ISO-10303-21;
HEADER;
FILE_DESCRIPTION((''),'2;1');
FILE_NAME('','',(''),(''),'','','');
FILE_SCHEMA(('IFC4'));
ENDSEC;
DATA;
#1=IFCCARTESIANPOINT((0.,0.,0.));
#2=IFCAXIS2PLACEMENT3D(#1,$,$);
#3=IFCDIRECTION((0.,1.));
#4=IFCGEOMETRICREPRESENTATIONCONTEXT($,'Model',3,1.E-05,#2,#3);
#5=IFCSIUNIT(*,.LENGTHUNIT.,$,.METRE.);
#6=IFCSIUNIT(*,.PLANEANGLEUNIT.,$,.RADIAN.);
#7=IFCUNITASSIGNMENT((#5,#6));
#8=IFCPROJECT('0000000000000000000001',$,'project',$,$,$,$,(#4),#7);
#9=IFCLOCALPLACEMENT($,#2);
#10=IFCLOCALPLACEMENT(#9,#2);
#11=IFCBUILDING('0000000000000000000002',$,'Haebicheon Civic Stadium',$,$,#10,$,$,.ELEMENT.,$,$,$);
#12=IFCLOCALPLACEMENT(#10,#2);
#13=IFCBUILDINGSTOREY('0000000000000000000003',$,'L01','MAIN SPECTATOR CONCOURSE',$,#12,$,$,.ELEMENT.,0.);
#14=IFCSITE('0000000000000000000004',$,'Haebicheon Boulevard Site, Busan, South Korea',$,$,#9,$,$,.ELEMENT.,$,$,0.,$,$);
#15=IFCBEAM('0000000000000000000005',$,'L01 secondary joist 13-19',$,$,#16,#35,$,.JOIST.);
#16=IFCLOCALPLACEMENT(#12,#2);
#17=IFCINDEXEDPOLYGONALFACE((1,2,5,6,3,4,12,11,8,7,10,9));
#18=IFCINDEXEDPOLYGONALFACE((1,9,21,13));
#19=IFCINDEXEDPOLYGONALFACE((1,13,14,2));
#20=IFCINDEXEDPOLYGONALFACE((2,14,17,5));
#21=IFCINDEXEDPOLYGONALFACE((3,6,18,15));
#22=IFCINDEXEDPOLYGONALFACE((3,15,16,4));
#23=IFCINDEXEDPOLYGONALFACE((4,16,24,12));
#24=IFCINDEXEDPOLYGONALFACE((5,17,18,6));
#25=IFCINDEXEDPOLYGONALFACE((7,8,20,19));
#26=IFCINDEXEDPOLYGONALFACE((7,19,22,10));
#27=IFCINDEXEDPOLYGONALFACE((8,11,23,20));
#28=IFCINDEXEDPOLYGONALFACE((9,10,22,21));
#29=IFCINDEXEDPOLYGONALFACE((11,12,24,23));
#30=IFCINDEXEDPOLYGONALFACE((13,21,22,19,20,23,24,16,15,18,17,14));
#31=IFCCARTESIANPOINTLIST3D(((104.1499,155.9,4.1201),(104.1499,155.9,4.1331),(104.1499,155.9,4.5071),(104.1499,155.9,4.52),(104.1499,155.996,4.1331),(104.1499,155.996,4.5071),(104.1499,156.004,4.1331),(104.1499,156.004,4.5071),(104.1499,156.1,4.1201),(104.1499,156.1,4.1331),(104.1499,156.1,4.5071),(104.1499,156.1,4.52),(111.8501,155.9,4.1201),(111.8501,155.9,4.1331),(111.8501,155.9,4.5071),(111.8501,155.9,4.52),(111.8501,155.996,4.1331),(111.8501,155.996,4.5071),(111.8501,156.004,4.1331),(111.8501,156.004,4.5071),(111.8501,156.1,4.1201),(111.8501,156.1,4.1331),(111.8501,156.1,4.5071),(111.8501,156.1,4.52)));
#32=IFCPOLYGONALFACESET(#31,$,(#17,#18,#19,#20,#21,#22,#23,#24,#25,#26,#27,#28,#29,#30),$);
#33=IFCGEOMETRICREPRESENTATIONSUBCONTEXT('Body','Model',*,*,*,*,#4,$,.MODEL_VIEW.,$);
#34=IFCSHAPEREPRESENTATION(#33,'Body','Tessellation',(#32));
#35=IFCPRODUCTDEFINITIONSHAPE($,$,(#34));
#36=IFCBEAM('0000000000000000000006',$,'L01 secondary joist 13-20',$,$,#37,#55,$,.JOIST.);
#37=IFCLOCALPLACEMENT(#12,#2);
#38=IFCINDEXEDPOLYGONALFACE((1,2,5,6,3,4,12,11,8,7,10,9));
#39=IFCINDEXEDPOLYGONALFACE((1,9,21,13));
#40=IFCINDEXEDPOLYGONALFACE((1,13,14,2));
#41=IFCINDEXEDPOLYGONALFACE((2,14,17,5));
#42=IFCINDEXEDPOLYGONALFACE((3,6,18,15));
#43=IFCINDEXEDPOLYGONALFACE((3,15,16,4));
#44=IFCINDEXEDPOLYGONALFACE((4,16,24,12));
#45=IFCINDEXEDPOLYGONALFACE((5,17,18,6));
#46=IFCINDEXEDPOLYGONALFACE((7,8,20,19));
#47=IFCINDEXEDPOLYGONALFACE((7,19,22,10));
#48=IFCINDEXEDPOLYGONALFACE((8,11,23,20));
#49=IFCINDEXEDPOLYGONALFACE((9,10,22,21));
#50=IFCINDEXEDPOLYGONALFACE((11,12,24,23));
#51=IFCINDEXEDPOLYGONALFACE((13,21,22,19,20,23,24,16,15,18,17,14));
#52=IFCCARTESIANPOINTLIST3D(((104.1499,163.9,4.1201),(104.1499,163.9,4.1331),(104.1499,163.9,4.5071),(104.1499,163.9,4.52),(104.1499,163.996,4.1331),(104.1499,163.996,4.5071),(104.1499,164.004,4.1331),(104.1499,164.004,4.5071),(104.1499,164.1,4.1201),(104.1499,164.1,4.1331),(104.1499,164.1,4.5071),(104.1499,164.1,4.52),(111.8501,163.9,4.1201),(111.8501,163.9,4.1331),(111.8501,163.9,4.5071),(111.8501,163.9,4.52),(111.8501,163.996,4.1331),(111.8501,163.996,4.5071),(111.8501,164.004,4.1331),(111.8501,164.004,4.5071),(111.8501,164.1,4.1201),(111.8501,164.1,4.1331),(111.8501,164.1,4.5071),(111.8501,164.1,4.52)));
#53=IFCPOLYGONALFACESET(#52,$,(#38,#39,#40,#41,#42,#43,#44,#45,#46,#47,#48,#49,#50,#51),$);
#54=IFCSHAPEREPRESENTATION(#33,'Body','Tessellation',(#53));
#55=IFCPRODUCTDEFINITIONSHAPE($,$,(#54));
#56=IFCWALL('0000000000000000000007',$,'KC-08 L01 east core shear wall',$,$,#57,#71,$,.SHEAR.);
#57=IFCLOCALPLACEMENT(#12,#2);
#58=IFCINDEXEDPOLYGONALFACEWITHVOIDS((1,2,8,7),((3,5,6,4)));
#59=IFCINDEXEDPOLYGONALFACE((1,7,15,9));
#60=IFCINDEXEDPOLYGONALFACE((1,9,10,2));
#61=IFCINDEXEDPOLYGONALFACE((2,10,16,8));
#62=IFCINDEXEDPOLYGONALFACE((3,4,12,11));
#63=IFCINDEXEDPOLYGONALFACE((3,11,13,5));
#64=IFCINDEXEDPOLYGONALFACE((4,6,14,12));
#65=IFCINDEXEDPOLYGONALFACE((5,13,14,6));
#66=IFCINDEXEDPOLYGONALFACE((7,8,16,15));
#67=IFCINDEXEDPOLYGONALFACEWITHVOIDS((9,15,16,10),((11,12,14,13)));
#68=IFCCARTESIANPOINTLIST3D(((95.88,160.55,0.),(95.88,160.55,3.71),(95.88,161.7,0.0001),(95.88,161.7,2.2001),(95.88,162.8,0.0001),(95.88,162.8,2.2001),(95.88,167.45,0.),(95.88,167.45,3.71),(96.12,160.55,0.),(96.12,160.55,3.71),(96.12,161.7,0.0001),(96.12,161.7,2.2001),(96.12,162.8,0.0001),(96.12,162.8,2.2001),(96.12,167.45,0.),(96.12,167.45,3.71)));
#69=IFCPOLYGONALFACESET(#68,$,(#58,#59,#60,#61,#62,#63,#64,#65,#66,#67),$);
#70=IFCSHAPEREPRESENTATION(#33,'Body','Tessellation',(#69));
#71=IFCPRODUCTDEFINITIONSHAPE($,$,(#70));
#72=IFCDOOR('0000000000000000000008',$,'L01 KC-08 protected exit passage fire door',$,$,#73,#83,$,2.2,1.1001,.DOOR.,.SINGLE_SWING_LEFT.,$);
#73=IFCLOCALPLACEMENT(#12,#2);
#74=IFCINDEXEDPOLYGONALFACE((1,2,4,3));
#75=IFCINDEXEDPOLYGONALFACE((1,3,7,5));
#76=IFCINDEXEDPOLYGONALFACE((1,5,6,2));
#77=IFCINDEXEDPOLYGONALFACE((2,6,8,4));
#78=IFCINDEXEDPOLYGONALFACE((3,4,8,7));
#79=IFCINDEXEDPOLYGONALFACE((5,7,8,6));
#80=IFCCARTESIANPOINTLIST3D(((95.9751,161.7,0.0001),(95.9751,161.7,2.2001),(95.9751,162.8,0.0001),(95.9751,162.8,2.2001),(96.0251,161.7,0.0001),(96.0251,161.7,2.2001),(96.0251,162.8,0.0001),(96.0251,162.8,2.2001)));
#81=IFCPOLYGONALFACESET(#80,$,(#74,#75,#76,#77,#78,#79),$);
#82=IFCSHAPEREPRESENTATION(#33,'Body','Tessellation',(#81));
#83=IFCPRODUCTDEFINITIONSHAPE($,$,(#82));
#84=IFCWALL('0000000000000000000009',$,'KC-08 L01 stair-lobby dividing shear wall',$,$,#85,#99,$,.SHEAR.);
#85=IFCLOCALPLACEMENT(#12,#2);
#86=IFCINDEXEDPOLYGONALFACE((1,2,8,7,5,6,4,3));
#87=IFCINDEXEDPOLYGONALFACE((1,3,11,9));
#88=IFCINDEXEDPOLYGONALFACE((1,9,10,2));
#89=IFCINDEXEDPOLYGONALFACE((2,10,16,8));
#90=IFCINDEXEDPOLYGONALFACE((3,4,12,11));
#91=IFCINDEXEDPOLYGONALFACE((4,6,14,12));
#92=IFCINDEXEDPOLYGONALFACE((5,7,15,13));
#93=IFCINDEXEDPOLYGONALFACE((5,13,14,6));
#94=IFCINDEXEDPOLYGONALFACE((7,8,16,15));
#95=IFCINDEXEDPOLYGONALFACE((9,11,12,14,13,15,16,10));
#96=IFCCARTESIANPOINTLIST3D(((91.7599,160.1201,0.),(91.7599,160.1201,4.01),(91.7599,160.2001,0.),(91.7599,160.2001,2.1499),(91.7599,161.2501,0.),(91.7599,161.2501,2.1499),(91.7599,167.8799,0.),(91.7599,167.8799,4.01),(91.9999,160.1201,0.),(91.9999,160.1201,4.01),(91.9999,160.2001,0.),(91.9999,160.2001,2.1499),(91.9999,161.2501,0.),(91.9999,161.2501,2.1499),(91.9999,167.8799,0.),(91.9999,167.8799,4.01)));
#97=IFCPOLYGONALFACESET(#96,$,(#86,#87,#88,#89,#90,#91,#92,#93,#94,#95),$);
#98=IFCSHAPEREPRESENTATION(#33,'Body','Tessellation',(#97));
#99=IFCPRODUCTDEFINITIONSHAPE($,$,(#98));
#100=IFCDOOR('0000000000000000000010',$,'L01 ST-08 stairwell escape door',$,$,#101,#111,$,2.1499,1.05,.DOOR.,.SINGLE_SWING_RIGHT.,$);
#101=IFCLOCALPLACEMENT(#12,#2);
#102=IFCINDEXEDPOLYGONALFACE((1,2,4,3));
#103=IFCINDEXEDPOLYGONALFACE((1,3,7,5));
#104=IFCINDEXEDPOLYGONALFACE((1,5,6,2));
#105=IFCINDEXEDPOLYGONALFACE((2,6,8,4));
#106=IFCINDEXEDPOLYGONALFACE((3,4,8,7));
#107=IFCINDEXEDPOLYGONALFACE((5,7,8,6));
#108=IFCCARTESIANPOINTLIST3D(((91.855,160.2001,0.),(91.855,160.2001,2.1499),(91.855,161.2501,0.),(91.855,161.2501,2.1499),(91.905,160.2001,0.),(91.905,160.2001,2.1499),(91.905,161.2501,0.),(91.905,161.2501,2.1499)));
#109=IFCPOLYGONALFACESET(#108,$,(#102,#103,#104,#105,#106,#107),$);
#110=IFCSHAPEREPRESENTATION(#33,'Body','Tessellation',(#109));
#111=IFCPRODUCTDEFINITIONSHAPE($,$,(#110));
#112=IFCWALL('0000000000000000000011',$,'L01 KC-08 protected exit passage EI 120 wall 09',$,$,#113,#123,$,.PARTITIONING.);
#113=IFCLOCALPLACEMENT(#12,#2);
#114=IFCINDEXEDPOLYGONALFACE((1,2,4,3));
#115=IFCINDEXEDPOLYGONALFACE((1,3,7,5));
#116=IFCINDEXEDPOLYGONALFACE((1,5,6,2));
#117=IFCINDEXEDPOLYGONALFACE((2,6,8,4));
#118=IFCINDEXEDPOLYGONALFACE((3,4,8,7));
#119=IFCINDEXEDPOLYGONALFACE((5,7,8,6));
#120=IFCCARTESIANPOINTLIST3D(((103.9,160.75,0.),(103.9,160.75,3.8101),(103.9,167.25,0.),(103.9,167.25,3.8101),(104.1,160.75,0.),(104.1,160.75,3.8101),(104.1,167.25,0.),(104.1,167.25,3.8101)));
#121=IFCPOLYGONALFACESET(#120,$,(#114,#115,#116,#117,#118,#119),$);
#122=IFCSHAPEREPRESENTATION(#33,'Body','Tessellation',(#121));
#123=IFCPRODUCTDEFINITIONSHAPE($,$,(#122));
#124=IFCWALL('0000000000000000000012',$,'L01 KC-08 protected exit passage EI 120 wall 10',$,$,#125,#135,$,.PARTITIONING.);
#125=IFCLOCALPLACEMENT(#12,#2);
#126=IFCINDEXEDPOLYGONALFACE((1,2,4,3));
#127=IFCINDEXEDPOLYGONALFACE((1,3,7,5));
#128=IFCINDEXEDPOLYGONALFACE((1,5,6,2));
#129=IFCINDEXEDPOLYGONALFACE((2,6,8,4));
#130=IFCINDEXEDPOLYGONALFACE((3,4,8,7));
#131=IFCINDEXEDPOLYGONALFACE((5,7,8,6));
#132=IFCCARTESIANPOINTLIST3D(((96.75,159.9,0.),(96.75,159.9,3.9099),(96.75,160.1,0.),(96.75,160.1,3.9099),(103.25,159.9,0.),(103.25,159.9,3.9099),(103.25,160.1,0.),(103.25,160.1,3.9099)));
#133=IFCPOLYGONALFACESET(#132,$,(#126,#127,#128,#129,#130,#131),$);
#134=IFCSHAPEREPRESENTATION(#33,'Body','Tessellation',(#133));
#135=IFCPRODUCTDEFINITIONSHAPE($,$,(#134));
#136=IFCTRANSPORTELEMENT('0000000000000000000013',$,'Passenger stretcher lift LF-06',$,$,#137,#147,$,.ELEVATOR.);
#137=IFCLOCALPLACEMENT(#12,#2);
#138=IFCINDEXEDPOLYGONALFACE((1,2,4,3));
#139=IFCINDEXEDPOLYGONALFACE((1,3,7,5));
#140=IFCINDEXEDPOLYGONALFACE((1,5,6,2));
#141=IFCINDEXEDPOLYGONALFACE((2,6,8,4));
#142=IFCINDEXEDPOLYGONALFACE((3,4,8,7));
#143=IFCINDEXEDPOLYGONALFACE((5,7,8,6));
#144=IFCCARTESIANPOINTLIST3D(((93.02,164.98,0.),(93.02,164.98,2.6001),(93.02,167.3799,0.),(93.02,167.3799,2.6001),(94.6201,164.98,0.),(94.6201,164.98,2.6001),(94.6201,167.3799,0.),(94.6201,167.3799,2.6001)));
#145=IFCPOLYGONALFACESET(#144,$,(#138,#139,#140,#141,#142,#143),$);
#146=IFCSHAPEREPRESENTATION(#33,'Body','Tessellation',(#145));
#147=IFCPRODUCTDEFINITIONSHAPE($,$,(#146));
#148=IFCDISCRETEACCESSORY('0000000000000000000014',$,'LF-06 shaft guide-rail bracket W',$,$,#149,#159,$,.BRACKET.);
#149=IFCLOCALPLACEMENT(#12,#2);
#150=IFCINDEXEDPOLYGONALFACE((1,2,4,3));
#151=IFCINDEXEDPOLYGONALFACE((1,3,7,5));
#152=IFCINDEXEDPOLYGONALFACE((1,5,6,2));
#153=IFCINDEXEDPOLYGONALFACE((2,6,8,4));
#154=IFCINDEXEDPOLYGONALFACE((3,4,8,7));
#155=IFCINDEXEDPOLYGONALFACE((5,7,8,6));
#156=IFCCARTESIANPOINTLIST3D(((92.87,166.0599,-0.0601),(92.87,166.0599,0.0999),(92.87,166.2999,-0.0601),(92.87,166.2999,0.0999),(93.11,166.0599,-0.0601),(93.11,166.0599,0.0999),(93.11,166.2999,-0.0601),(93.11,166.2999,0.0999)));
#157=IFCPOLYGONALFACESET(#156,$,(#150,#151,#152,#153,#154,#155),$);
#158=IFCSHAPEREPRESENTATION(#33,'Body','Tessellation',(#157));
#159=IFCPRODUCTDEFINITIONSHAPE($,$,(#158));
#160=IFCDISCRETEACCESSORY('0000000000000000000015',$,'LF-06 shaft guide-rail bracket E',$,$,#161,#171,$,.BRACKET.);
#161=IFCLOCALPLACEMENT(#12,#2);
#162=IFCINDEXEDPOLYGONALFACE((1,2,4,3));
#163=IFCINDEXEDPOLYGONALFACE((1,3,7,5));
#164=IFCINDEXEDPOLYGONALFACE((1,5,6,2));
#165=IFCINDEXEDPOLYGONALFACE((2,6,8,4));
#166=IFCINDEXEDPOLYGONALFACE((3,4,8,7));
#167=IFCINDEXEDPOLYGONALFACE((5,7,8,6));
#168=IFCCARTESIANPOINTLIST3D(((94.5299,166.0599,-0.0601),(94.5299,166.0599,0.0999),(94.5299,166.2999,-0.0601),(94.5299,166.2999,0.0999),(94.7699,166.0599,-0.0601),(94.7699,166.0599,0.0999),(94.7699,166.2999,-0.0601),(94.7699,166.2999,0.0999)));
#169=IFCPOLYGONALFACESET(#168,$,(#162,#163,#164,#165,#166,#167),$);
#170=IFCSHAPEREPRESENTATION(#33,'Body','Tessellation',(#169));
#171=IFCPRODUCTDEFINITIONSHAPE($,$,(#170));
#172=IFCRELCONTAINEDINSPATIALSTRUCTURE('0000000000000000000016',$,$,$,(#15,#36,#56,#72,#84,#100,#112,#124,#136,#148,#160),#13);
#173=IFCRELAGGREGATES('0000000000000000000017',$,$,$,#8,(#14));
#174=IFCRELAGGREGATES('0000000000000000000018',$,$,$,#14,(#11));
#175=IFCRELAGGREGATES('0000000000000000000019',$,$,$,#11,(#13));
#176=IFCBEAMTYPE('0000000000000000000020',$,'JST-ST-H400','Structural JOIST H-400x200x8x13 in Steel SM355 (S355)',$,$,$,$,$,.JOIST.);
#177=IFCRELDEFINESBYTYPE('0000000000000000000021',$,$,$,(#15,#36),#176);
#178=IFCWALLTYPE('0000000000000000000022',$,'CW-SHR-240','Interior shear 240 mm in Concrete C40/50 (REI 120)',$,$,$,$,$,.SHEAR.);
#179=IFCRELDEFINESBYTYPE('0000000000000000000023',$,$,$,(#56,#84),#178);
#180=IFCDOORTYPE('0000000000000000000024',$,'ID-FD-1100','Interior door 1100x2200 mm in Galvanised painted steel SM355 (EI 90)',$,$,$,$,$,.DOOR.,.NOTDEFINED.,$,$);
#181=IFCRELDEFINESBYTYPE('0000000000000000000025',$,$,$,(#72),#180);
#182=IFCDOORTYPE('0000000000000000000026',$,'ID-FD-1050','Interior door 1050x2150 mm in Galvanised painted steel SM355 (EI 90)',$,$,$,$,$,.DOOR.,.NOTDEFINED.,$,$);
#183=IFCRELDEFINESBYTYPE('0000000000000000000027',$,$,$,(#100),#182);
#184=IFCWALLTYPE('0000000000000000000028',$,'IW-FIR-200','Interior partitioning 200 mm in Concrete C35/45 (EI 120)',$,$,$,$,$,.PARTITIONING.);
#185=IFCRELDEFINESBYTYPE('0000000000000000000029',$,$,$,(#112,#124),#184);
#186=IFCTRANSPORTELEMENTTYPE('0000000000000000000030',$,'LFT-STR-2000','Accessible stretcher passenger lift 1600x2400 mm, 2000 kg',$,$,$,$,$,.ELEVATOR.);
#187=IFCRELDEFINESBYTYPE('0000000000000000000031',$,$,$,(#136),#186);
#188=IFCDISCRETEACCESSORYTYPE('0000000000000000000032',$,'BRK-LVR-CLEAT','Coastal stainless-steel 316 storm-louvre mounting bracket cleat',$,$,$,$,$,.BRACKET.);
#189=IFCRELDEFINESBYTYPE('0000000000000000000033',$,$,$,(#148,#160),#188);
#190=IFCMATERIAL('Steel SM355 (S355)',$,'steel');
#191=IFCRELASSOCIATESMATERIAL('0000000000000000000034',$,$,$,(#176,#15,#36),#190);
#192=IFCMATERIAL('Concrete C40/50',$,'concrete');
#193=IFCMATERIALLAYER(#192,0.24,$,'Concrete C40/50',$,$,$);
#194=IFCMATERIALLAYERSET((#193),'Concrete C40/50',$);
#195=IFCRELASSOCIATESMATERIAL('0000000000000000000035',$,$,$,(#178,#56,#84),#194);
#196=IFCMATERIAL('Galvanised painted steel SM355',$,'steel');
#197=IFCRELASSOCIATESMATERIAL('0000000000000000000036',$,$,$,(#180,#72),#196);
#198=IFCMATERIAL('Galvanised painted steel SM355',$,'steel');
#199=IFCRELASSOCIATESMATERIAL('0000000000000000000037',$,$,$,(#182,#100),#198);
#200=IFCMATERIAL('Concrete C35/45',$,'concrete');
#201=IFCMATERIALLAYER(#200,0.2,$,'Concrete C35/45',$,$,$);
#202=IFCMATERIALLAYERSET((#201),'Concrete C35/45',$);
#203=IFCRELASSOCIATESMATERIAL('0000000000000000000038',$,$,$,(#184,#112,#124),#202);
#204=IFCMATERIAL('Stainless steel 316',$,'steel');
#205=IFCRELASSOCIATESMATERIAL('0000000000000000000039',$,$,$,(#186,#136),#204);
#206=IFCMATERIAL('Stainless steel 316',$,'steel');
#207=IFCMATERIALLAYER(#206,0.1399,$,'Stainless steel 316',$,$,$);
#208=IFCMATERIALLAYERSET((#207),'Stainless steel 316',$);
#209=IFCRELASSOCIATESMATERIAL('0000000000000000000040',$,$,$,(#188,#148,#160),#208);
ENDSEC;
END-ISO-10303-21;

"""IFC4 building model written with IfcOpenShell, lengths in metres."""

from ifc_helpers import new_model, si_unit, direction, frame, frame_2d, origin, origin_2d, place, context, subcontext, project, spatial, rectangle, i_section, extrude, material, layer, layer_set, material_profile, profile_set, type_object, element, fill, save


model = new_model("IFC4")

# Units and contexts
model_context = context("Model", 3, precision=1e-05, world=origin(), true_north=direction((0.0, 1.0)))
body_context = subcontext(model_context, "Body", "Model", "MODEL_VIEW")
ifc_project = project(units=[si_unit("LENGTHUNIT", "METRE"), si_unit("PLANEANGLEUNIT", "RADIAN")], contexts=[model_context])

# Site, building, storey
site_placement = place(None, origin())
site = spatial("IfcSite", under=ifc_project, at=site_placement, Name="Haebicheon Boulevard Site, Busan, South Korea", CompositionType="ELEMENT", RefElevation=0.0)
building_placement = place(site_placement, origin())
building = spatial("IfcBuilding", under=site, at=building_placement, Name="Haebicheon Civic Stadium", CompositionType="ELEMENT")
storey_placement = place(building_placement, origin())
storey = spatial("IfcBuildingStorey", under=building, at=storey_placement, Name="L01", Description="MAIN SPECTATOR CONCOURSE", CompositionType="ELEMENT", Elevation=0.0)

# Beams
ifc_material_1 = material(Name="Steel SM355 (S355)", Category="steel")
ifc_material_profile_1 = material_profile(ifc_material_1, i_section(OverallWidth=0.2, OverallDepth=0.3999, WebThickness=0.0081, FlangeThickness=0.0129, at=origin_2d()), Name="H-400x200x8x13")
ifc_profile_set_1 = profile_set([ifc_material_profile_1], Name="Steel SM355 (S355)")
beam_type_1 = type_object("IfcBeamType", Name="JST-ST-H400", Description="Structural JOIST H-400x200x8x13 in Steel SM355 (S355)", PredefinedType="JOIST", material=ifc_profile_set_1)
for number, where, z_axis, x_axis, name in (
    (1, (104.1499, 156.0, 4.3201), (1.0, 0.0, 0.0), (0.0, 1.0, 0.0), "L01 secondary joist 13-19"),
    (2, (104.1499, 164.0, 4.3201), (1.0, 0.0, 0.0), (0.0, 1.0, 0.0), "L01 secondary joist 13-20"),
):
    element("IfcBeam", number, at=place(storey_placement, frame(where, z_axis=z_axis, x_axis=x_axis)), inside=storey, type_object=beam_type_1, material=ifc_profile_set_1, Name=name, PredefinedType="JOIST", context=body_context, shape_type="SweptSolid", body=[
        extrude(i_section(OverallWidth=0.2, OverallDepth=0.3999, WebThickness=0.0081, FlangeThickness=0.0129, at=origin_2d()), origin(), (0.0, 0.0, 1.0), 7.7002),
    ])

# Walls, openings, doors
ifc_material_2 = material(Name="Concrete C40/50", Category="concrete")
ifc_layer_1 = layer(ifc_material_2, 0.24, Name="Concrete C40/50")
ifc_layer_set_1 = layer_set([ifc_layer_1], Name="Concrete C40/50")
wall_type_1 = type_object("IfcWallType", Name="CW-SHR-240", Description="Interior shear 240 mm in Concrete C40/50 (REI 120)", PredefinedType="SHEAR", material=ifc_layer_set_1)
wall_1_placement = place(storey_placement, frame((96.0, 160.55, 0.0), z_axis=(0.0, 0.0, 1.0), x_axis=(0.0, 1.0, 0.0)))
wall_1 = element("IfcWall", 3, at=wall_1_placement, inside=storey, type_object=wall_type_1, material=ifc_layer_set_1, Name="KC-08 L01 east core shear wall", PredefinedType="SHEAR", context=body_context, shape_type="SweptSolid", body=[
    extrude(rectangle(XDim=6.8999, YDim=0.24, at=frame_2d((3.45, 0.0))), origin(), (0.0, 0.0, 1.0), 3.71),
])
opening_1_placement = place(wall_1_placement, frame((1.1499, 0.0, 0.0)))
opening_1 = element("IfcOpeningElement", 4, at=opening_1_placement, cuts=wall_1, PredefinedType="OPENING", context=body_context, shape_type="SweptSolid", body=[
    extrude(rectangle(XDim=1.1001, YDim=2.2, at=frame_2d((0.55, 1.1001))), frame((0.0, 0.1299, 0.0), z_axis=(0.0, -1.0, 0.0), x_axis=(1.0, 0.0, 0.0)), (0.0, 0.0, 1.0), 0.26),
])
ifc_material_3 = material(Name="Galvanised painted steel SM355", Category="steel")
door_type_1 = type_object("IfcDoorType", Name="ID-FD-1100", Description="Interior door 1100x2200 mm in Galvanised painted steel SM355 (EI 90)", OperationType="NOTDEFINED", PredefinedType="DOOR", material=ifc_material_3)
door_1_placement = place(opening_1_placement, origin())
door_1 = element("IfcDoor", 5, at=door_1_placement, inside=storey, type_object=door_type_1, material=ifc_material_3, Name="L01 KC-08 protected exit passage fire door", OperationType="SINGLE_SWING_LEFT", OverallHeight=2.2, OverallWidth=1.1001, PredefinedType="DOOR", context=body_context, shape_type="SweptSolid", body=[
    extrude(rectangle(XDim=1.1001, YDim=2.2, at=frame_2d((0.55, 1.1001))), frame((0.0, 0.0249, 0.0), z_axis=(0.0, -1.0, 0.0), x_axis=(1.0, 0.0, 0.0)), (0.0, 0.0, 1.0), 0.05),
])
fill(opening_1, door_1)
wall_2_placement = place(storey_placement, frame((91.8799, 160.1201, 0.0), z_axis=(0.0, 0.0, 1.0), x_axis=(0.0, 1.0, 0.0)))
wall_2 = element("IfcWall", 6, at=wall_2_placement, inside=storey, type_object=wall_type_1, material=ifc_layer_set_1, Name="KC-08 L01 stair-lobby dividing shear wall", PredefinedType="SHEAR", context=body_context, shape_type="SweptSolid", body=[
    extrude(rectangle(XDim=7.7598, YDim=0.24, at=frame_2d((3.8799, 0.0))), origin(), (0.0, 0.0, 1.0), 4.01),
])
opening_2_placement = place(wall_2_placement, frame((0.0801, 0.0, 0.0)))
opening_2 = element("IfcOpeningElement", 7, at=opening_2_placement, cuts=wall_2, PredefinedType="OPENING", context=body_context, shape_type="SweptSolid", body=[
    extrude(rectangle(XDim=1.05, YDim=2.1499, at=frame_2d((0.5249, 1.075))), frame((0.0, 0.1299, 0.0), z_axis=(0.0, -1.0, 0.0), x_axis=(1.0, 0.0, 0.0)), (0.0, 0.0, 1.0), 0.26),
])
ifc_material_4 = material(Name="Galvanised painted steel SM355", Category="steel")
door_type_2 = type_object("IfcDoorType", Name="ID-FD-1050", Description="Interior door 1050x2150 mm in Galvanised painted steel SM355 (EI 90)", OperationType="NOTDEFINED", PredefinedType="DOOR", material=ifc_material_4)
door_2_placement = place(opening_2_placement, origin())
door_2 = element("IfcDoor", 8, at=door_2_placement, inside=storey, type_object=door_type_2, material=ifc_material_4, Name="L01 ST-08 stairwell escape door", OperationType="SINGLE_SWING_RIGHT", OverallHeight=2.1499, OverallWidth=1.05, PredefinedType="DOOR", context=body_context, shape_type="SweptSolid", body=[
    extrude(rectangle(XDim=1.05, YDim=2.1499, at=frame_2d((0.5249, 1.075))), frame((0.0, 0.0249, 0.0), z_axis=(0.0, -1.0, 0.0), x_axis=(1.0, 0.0, 0.0)), (0.0, 0.0, 1.0), 0.05),
])
fill(opening_2, door_2)

# Walls
ifc_material_5 = material(Name="Concrete C35/45", Category="concrete")
ifc_layer_2 = layer(ifc_material_5, 0.2, Name="Concrete C35/45")
ifc_layer_set_2 = layer_set([ifc_layer_2], Name="Concrete C35/45")
wall_type_2 = type_object("IfcWallType", Name="IW-FIR-200", Description="Interior partitioning 200 mm in Concrete C35/45 (EI 120)", PredefinedType="PARTITIONING", material=ifc_layer_set_2)
wall_3_placement = place(storey_placement, frame((104.0, 160.75, 0.0), z_axis=(0.0, 0.0, 1.0), x_axis=(0.0, 1.0, 0.0)))
element("IfcWall", 9, at=wall_3_placement, inside=storey, type_object=wall_type_2, material=ifc_layer_set_2, Name="L01 KC-08 protected exit passage EI 120 wall 09", PredefinedType="PARTITIONING", context=body_context, shape_type="SweptSolid", body=[
    extrude(rectangle(XDim=6.5, YDim=0.2, at=frame_2d((3.25, 0.0))), origin(), (0.0, 0.0, 1.0), 3.8101),
])
wall_4_placement = place(storey_placement, frame((96.75, 160.0, 0.0), z_axis=(0.0, 0.0, 1.0), x_axis=(1.0, 0.0, 0.0)))
element("IfcWall", 10, at=wall_4_placement, inside=storey, type_object=wall_type_2, material=ifc_layer_set_2, Name="L01 KC-08 protected exit passage EI 120 wall 10", PredefinedType="PARTITIONING", context=body_context, shape_type="SweptSolid", body=[
    extrude(rectangle(XDim=6.5, YDim=0.2, at=frame_2d((3.25, 0.0))), origin(), (0.0, 0.0, 1.0), 3.9099),
])

# Transport element
ifc_material_6 = material(Name="Stainless steel 316", Category="steel")
transport_element_type = type_object("IfcTransportElementType", Name="LFT-STR-2000", Description="Accessible stretcher passenger lift 1600x2400 mm, 2000 kg", PredefinedType="ELEVATOR", material=ifc_material_6)
transport_element_placement = place(storey_placement, frame((93.8201, 166.1799, 0.0), z_axis=(0.0, 0.0, 1.0), x_axis=(1.0, 0.0, 0.0)))
element("IfcTransportElement", 11, at=transport_element_placement, inside=storey, type_object=transport_element_type, material=ifc_material_6, Name="Passenger stretcher lift LF-06", PredefinedType="ELEVATOR", context=body_context, shape_type="SweptSolid", body=[
    extrude(rectangle(XDim=1.6001, YDim=2.3999, at=origin_2d()), origin(), (0.0, 0.0, 1.0), 2.6001),
])

# Discrete accessories
ifc_material_7 = material(Name="Stainless steel 316", Category="steel")
ifc_layer_3 = layer(ifc_material_7, 0.1399, Name="Stainless steel 316")
ifc_layer_set_3 = layer_set([ifc_layer_3], Name="Stainless steel 316")
discrete_accessory_type = type_object("IfcDiscreteAccessoryType", Name="BRK-LVR-CLEAT", Description="Coastal stainless-steel 316 storm-louvre mounting bracket cleat", PredefinedType="BRACKET", material=ifc_layer_set_3)
for number, where, z_axis, x_axis, name in (
    (12, (92.99, 166.1799, -0.0601), (0.0, 0.0, 1.0), (1.0, 0.0, 0.0), "LF-06 shaft guide-rail bracket W"),
    (13, (94.6499, 166.1799, -0.0601), (0.0, 0.0, 1.0), (1.0, 0.0, 0.0), "LF-06 shaft guide-rail bracket E"),
):
    element("IfcDiscreteAccessory", number, at=place(storey_placement, frame(where, z_axis=z_axis, x_axis=x_axis)), inside=storey, type_object=discrete_accessory_type, material=ifc_layer_set_3, Name=name, PredefinedType="BRACKET", context=body_context, shape_type="SweptSolid", body=[
        extrude(rectangle(XDim=0.24, YDim=0.24, at=origin_2d()), origin(), (0.0, 0.0, 1.0), 0.1599),
    ])

save(model, "model.ifc")
